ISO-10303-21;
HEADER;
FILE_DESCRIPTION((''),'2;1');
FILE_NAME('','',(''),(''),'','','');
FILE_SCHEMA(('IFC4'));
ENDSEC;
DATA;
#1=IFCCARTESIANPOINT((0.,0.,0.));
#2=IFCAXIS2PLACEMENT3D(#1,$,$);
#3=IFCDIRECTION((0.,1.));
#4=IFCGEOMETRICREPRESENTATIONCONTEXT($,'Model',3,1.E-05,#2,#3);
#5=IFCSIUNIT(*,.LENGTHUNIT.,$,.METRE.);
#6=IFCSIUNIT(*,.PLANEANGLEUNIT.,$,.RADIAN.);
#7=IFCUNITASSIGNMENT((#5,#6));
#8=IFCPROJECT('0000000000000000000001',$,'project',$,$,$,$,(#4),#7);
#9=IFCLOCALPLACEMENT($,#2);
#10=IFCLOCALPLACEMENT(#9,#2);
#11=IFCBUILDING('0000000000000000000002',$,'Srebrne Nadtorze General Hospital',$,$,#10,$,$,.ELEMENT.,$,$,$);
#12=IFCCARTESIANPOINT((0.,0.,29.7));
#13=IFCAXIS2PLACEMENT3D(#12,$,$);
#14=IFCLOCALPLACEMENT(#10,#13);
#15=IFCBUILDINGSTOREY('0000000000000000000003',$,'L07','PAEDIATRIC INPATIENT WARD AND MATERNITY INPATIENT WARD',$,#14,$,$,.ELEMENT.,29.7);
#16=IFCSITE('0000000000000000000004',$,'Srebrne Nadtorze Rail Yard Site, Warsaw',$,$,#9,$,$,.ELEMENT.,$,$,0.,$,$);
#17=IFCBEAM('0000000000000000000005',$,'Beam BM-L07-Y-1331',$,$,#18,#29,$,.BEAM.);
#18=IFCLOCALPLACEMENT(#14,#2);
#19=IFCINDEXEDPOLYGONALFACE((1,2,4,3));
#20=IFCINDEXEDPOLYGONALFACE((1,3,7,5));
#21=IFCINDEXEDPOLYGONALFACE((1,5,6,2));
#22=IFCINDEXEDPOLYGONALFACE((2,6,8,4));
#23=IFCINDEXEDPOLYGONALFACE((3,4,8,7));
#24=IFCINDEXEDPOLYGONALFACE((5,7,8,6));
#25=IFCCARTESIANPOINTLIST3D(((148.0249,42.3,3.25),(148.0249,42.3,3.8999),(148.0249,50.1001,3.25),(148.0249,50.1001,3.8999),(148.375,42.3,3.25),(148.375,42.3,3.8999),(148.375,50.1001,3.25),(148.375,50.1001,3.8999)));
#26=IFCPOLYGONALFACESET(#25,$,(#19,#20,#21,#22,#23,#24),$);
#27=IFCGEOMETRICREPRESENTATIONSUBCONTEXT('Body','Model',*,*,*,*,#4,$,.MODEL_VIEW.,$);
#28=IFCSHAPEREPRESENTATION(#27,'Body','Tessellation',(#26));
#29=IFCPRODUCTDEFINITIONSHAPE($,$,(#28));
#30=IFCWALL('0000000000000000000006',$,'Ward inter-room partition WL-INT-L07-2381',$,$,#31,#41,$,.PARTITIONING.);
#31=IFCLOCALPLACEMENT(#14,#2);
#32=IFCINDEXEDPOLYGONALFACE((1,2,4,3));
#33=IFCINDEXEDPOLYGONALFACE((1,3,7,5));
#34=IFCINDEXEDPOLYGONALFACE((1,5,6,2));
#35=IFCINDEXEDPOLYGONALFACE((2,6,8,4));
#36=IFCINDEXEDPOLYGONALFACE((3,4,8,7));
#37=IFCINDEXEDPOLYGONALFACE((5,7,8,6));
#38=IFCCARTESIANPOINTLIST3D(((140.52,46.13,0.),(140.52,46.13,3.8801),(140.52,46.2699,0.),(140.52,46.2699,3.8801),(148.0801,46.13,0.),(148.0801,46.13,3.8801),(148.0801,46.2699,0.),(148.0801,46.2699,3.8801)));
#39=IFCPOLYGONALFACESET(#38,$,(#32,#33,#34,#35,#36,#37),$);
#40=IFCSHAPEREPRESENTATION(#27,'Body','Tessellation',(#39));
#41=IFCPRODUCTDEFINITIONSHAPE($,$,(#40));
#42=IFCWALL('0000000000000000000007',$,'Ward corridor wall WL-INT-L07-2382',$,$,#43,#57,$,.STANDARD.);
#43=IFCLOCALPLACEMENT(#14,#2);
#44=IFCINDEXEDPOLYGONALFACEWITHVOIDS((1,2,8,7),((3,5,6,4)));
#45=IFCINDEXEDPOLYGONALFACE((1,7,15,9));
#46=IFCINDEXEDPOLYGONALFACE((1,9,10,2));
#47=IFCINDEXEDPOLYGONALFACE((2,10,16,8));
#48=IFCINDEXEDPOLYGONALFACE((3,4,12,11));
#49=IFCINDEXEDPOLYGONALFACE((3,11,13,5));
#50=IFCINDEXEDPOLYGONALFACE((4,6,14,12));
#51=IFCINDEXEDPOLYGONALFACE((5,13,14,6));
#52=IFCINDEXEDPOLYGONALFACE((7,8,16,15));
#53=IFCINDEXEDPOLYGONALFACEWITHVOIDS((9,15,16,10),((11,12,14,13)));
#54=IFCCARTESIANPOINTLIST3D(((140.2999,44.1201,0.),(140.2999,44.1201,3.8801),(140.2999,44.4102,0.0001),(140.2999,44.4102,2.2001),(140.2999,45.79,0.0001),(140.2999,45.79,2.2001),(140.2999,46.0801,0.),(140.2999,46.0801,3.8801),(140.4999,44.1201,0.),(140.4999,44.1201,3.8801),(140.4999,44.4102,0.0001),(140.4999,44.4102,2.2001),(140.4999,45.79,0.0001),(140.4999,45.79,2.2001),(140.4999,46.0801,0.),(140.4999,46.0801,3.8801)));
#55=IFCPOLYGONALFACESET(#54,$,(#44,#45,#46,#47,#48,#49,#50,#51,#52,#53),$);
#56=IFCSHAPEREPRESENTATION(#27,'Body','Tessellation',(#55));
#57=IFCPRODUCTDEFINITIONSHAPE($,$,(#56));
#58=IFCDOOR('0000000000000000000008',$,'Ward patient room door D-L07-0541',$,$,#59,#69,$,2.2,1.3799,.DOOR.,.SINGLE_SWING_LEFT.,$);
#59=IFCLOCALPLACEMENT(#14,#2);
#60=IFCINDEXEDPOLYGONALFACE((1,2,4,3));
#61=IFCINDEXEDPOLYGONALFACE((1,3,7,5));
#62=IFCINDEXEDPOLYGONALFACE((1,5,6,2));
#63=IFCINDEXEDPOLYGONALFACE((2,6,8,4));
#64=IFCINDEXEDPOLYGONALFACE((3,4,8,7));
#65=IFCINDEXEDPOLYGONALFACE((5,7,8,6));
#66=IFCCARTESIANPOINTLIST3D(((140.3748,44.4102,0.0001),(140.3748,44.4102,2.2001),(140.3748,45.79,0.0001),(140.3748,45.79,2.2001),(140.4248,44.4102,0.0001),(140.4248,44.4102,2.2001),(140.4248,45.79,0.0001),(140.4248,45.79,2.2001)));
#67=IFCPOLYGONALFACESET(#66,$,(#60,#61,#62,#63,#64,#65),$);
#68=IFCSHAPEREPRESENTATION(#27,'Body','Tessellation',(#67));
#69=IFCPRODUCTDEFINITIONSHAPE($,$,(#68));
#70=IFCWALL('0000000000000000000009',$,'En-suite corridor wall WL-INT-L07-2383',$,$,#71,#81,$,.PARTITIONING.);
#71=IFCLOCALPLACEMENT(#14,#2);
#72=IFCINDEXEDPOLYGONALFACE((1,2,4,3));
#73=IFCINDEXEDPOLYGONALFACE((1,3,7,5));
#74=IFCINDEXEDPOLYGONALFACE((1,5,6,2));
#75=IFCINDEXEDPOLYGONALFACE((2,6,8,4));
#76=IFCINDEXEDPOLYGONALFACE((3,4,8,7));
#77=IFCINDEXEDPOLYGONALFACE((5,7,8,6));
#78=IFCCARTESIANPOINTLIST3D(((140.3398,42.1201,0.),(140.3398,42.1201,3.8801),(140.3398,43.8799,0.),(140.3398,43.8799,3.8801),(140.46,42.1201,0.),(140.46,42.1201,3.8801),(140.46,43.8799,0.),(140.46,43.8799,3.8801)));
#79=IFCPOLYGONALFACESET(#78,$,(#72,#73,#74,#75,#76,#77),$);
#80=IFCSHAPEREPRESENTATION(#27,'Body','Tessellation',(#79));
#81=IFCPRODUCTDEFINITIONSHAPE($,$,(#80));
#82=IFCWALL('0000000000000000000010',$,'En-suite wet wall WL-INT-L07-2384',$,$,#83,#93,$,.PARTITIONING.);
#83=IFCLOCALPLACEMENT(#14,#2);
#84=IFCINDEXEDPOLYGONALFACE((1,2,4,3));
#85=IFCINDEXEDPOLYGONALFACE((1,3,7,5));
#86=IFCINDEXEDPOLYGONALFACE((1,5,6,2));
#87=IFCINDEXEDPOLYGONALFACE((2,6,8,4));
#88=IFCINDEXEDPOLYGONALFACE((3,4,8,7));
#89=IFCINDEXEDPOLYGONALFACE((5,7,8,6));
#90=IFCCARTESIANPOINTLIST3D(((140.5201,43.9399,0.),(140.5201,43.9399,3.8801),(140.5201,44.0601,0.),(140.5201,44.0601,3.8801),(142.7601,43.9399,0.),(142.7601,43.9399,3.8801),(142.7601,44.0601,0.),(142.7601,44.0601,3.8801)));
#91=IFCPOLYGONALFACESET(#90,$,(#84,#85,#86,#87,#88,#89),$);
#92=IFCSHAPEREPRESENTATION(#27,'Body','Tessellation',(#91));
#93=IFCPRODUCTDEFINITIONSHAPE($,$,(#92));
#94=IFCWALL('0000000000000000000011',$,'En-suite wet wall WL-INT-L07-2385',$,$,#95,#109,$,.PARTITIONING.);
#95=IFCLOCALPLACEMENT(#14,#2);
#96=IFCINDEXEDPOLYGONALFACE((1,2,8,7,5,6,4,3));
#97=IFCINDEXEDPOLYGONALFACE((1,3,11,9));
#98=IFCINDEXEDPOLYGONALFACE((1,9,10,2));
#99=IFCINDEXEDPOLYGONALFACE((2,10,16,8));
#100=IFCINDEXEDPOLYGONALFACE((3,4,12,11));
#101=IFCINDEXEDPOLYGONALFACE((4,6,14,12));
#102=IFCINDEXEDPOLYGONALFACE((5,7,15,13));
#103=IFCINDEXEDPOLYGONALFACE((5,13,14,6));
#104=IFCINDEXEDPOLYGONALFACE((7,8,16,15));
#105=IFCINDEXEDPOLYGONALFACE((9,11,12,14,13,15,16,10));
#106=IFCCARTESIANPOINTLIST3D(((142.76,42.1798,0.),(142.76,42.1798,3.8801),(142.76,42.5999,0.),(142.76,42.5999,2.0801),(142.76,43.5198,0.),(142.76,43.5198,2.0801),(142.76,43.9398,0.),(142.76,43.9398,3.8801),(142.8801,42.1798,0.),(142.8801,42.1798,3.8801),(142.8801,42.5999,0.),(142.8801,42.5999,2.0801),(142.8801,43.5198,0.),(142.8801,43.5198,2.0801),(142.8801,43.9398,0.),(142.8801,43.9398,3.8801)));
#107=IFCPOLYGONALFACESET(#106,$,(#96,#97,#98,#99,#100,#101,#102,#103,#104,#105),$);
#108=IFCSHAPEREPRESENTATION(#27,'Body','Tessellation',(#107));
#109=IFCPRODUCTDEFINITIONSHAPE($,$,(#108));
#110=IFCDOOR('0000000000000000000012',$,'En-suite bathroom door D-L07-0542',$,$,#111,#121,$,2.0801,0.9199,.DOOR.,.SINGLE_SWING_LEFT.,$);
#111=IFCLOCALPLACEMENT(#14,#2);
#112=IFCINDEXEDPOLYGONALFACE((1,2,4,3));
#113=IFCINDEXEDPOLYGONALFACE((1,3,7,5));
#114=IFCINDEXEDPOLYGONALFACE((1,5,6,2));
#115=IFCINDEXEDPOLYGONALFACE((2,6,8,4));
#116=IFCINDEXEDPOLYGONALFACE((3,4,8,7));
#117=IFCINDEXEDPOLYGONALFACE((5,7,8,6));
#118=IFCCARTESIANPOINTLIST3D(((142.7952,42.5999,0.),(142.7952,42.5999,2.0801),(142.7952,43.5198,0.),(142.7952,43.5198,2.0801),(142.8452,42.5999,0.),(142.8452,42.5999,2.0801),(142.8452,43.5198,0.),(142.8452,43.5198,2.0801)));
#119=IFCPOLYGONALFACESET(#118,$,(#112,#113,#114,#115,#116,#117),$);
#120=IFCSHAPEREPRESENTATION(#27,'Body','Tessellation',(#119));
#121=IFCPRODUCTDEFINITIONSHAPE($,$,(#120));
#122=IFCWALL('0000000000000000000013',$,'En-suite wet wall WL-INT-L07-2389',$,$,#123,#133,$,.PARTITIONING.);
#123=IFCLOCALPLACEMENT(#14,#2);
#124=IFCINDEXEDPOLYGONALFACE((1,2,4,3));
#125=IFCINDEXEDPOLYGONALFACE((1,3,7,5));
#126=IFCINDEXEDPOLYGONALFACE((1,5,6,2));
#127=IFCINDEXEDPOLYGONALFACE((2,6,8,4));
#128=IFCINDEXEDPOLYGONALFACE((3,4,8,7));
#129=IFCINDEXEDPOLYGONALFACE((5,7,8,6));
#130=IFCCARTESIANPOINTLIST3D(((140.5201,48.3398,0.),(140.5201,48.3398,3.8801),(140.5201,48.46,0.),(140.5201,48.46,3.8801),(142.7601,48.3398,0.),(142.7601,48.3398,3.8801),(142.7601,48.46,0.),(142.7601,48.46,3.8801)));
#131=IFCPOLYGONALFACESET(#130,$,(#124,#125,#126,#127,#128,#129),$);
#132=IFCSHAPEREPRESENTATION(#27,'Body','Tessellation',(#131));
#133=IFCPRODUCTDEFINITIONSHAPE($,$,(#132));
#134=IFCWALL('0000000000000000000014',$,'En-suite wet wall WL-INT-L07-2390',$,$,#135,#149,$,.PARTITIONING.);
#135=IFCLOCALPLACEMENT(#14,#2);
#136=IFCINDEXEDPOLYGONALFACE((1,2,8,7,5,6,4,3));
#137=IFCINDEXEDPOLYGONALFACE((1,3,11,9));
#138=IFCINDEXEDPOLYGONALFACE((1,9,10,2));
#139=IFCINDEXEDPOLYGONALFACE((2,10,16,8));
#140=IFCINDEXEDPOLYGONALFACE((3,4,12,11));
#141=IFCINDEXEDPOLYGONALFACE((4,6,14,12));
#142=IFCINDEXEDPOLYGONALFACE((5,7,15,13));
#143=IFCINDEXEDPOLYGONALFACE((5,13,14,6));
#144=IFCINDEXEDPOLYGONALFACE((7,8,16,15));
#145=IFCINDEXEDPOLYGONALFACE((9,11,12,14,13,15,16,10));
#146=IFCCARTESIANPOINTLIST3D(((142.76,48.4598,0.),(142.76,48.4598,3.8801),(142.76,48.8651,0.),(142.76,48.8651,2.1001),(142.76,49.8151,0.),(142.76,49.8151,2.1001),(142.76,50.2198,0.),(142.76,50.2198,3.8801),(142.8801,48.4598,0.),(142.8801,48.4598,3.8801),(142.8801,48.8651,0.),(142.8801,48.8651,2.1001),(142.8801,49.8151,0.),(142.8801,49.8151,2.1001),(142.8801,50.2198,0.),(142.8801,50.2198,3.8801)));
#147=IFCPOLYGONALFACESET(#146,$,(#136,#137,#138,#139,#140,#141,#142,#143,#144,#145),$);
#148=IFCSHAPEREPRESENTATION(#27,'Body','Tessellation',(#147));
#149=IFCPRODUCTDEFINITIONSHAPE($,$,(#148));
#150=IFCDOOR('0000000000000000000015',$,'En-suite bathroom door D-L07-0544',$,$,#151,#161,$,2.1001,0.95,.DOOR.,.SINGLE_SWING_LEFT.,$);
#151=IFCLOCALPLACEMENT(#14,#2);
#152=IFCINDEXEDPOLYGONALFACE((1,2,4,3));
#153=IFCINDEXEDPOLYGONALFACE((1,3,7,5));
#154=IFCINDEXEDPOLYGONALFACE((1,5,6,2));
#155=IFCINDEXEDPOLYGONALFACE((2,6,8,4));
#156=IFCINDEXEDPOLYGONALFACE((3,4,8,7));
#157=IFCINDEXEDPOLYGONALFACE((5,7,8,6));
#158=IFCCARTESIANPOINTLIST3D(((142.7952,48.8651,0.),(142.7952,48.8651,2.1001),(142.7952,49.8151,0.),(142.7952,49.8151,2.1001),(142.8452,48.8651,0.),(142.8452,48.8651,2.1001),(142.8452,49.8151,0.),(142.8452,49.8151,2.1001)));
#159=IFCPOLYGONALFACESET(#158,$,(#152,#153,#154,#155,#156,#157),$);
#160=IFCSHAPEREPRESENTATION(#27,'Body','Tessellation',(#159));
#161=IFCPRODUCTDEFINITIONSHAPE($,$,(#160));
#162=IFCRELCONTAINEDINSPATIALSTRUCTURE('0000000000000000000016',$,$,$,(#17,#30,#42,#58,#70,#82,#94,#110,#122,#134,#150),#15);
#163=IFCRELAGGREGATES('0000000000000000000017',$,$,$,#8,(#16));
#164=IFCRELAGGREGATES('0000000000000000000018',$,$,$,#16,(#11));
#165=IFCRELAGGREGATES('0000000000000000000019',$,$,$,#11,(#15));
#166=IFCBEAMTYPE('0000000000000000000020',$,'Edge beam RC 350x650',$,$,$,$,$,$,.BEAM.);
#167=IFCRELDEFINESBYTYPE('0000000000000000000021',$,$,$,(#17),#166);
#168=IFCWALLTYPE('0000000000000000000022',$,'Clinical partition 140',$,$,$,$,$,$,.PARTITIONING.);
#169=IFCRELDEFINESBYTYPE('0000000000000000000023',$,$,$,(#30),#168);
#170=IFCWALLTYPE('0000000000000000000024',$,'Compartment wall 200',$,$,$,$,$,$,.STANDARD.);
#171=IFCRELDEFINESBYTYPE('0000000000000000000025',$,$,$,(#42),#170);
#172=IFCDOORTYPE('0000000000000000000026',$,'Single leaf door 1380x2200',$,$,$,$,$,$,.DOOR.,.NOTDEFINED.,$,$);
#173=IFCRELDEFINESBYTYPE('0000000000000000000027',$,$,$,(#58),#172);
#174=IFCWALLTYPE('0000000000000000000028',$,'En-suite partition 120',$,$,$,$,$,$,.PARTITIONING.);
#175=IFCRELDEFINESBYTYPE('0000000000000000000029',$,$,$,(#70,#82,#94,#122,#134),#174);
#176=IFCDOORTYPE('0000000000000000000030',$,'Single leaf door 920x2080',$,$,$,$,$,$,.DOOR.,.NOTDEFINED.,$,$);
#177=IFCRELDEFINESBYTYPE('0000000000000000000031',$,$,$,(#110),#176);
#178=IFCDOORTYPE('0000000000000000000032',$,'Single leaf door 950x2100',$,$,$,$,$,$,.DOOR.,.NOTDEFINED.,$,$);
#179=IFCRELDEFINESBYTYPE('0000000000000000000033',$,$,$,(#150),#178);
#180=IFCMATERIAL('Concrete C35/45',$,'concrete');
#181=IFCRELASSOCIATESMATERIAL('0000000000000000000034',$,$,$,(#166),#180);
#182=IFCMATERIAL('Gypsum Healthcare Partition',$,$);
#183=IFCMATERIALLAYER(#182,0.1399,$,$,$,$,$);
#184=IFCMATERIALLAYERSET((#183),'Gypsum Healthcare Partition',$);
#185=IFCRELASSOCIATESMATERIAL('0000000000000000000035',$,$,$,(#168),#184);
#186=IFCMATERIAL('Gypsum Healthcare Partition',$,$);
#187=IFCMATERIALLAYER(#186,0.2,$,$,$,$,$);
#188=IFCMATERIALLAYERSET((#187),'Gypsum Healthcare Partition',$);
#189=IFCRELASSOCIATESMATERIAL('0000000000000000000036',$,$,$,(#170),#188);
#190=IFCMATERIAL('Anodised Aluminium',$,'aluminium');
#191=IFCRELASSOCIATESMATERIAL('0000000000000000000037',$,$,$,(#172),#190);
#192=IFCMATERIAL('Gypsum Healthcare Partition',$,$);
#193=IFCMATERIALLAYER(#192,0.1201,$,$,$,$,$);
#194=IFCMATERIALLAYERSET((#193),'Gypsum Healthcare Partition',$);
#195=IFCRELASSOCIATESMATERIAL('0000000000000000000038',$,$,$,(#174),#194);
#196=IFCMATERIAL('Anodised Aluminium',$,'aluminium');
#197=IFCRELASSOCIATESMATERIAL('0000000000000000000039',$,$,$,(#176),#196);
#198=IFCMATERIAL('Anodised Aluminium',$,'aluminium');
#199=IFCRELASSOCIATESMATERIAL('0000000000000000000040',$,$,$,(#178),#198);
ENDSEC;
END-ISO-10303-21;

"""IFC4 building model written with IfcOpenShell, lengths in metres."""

from ifc_helpers import new_model, si_unit, direction, frame, frame_2d, origin, origin_2d, place, context, subcontext, project, spatial, rectangle, extrude, material, layer, layer_set, material_profile, profile_set, type_object, element, fill, save


model = new_model("IFC4")

# Units and contexts
model_context = context("Model", 3, precision=1e-05, world=origin(), true_north=direction((0.0, 1.0)))
body_context = subcontext(model_context, "Body", "Model", "MODEL_VIEW")
ifc_project = project(units=[si_unit("LENGTHUNIT", "METRE"), si_unit("PLANEANGLEUNIT", "RADIAN")], contexts=[model_context])

# Site, building, storey
site_placement = place(None, origin())
site = spatial("IfcSite", under=ifc_project, at=site_placement, Name="Srebrne Nadtorze Rail Yard Site, Warsaw", CompositionType="ELEMENT", RefElevation=0.0)
building_placement = place(site_placement, origin())
building = spatial("IfcBuilding", under=site, at=building_placement, Name="Srebrne Nadtorze General Hospital", CompositionType="ELEMENT")
storey_placement = place(building_placement, frame((0.0, 0.0, 29.7)))
storey = spatial("IfcBuildingStorey", under=building, at=storey_placement, Name="L07", Description="PAEDIATRIC INPATIENT WARD AND MATERNITY INPATIENT WARD", CompositionType="ELEMENT", Elevation=29.7)

# Beam
ifc_material_1 = material(Name="Concrete C35/45", Category="concrete")
ifc_material_profile = material_profile(ifc_material_1, rectangle(XDim=0.3501, YDim=0.6499, at=origin_2d()), Name="RC-BM-350x650")
ifc_profile_set = profile_set([ifc_material_profile], Name="Concrete C35/45")
beam_type = type_object("IfcBeamType", Name="Edge beam RC 350x650", PredefinedType="BEAM", material=ifc_profile_set)
beam_placement = place(storey_placement, frame((148.2, 42.3, 3.575), z_axis=(0.0, 1.0, 0.0), x_axis=(-1.0, 0.0, 0.0)))
element("IfcBeam", 1, at=beam_placement, inside=storey, type_object=beam_type, Name="Beam BM-L07-Y-1331", PredefinedType="BEAM", context=body_context, shape_type="SweptSolid", body=[
    extrude(rectangle(XDim=0.3501, YDim=0.6499, at=origin_2d()), origin(), (0.0, 0.0, 1.0), 7.8),
])

# Wall
ifc_material_2 = material(Name="Gypsum Healthcare Partition")
ifc_layer_1 = layer(ifc_material_2, 0.1399)
ifc_layer_set_1 = layer_set([ifc_layer_1], Name="Gypsum Healthcare Partition")
wall_type_1 = type_object("IfcWallType", Name="Clinical partition 140", PredefinedType="PARTITIONING", material=ifc_layer_set_1)
wall_1_placement = place(storey_placement, frame((140.52, 46.2, 0.0), z_axis=(0.0, 0.0, 1.0), x_axis=(1.0, 0.0, 0.0)))
element("IfcWall", 2, at=wall_1_placement, inside=storey, type_object=wall_type_1, Name="Ward inter-room partition WL-INT-L07-2381", PredefinedType="PARTITIONING", context=body_context, shape_type="SweptSolid", body=[
    extrude(rectangle(XDim=7.5601, YDim=0.1399, at=frame_2d((3.78, 0.0))), origin(), (0.0, 0.0, 1.0), 3.8801),
])

# Wall, opening, door
ifc_material_3 = material(Name="Gypsum Healthcare Partition")
ifc_layer_2 = layer(ifc_material_3, 0.2)
ifc_layer_set_2 = layer_set([ifc_layer_2], Name="Gypsum Healthcare Partition")
wall_type_2 = type_object("IfcWallType", Name="Compartment wall 200", PredefinedType="STANDARD", material=ifc_layer_set_2)
wall_2_placement = place(storey_placement, frame((140.3999, 44.1201, 0.0), z_axis=(0.0, 0.0, 1.0), x_axis=(0.0, 1.0, 0.0)))
wall_2 = element("IfcWall", 3, at=wall_2_placement, inside=storey, type_object=wall_type_2, Name="Ward corridor wall WL-INT-L07-2382", PredefinedType="STANDARD", context=body_context, shape_type="SweptSolid", body=[
    extrude(rectangle(XDim=1.96, YDim=0.2, at=frame_2d((0.98, 0.0))), origin(), (0.0, 0.0, 1.0), 3.8801),
])
opening_1_placement = place(wall_2_placement, frame((0.29, 0.0, 0.0)))
opening_1 = element("IfcOpeningElement", 4, at=opening_1_placement, cuts=wall_2, PredefinedType="OPENING", context=body_context, shape_type="SweptSolid", body=[
    extrude(rectangle(XDim=1.3799, YDim=2.2, at=frame_2d((0.6899, 1.1001))), frame((0.0, 0.1118, 0.0), z_axis=(0.0, -1.0, 0.0), x_axis=(1.0, 0.0, 0.0)), (0.0, 0.0, 1.0), 0.2239),
])
ifc_material_4 = material(Name="Anodised Aluminium", Category="aluminium")
door_type_1 = type_object("IfcDoorType", Name="Single leaf door 1380x2200", OperationType="NOTDEFINED", PredefinedType="DOOR", material=ifc_material_4)
door_1_placement = place(opening_1_placement, frame((1.3799, 0.0, 0.0), z_axis=(0.0, 0.0, 1.0), x_axis=(-1.0, 0.0, 0.0)))
door_1 = element("IfcDoor", 5, at=door_1_placement, inside=storey, type_object=door_type_1, Name="Ward patient room door D-L07-0541", OperationType="SINGLE_SWING_LEFT", OverallHeight=2.2, OverallWidth=1.3799, PredefinedType="DOOR", context=body_context, shape_type="SweptSolid", body=[
    extrude(rectangle(XDim=1.3799, YDim=2.2, at=frame_2d((0.6899, 1.1001))), frame((0.0, 0.0249, 0.0), z_axis=(0.0, -1.0, 0.0), x_axis=(1.0, 0.0, 0.0)), (0.0, 0.0, 1.0), 0.05),
])
fill(opening_1, door_1)

# Walls
ifc_material_5 = material(Name="Gypsum Healthcare Partition")
ifc_layer_3 = layer(ifc_material_5, 0.1201)
ifc_layer_set_3 = layer_set([ifc_layer_3], Name="Gypsum Healthcare Partition")
wall_type_3 = type_object("IfcWallType", Name="En-suite partition 120", PredefinedType="PARTITIONING", material=ifc_layer_set_3)
wall_3_placement = place(storey_placement, frame((140.3999, 42.1201, 0.0), z_axis=(0.0, 0.0, 1.0), x_axis=(0.0, 1.0, 0.0)))
element("IfcWall", 6, at=wall_3_placement, inside=storey, type_object=wall_type_3, Name="En-suite corridor wall WL-INT-L07-2383", PredefinedType="PARTITIONING", context=body_context, shape_type="SweptSolid", body=[
    extrude(rectangle(XDim=1.7598, YDim=0.1201, at=frame_2d((0.8799, 0.0))), origin(), (0.0, 0.0, 1.0), 3.8801),
])
wall_4_placement = place(storey_placement, frame((140.52, 44.0, 0.0), z_axis=(0.0, 0.0, 1.0), x_axis=(1.0, 0.0, 0.0)))
element("IfcWall", 7, at=wall_4_placement, inside=storey, type_object=wall_type_3, Name="En-suite wet wall WL-INT-L07-2384", PredefinedType="PARTITIONING", context=body_context, shape_type="SweptSolid", body=[
    extrude(rectangle(XDim=2.24, YDim=0.1201, at=frame_2d((1.1201, 0.0))), origin(), (0.0, 0.0, 1.0), 3.8801),
])

# Wall, opening, door
wall_5_placement = place(storey_placement, frame((142.8201, 42.1799, 0.0), z_axis=(0.0, 0.0, 1.0), x_axis=(0.0, 1.0, 0.0)))
wall_5 = element("IfcWall", 8, at=wall_5_placement, inside=storey, type_object=wall_type_3, Name="En-suite wet wall WL-INT-L07-2385", PredefinedType="PARTITIONING", context=body_context, shape_type="SweptSolid", body=[
    extrude(rectangle(XDim=1.76, YDim=0.1201, at=frame_2d((0.8799, 0.0))), origin(), (0.0, 0.0, 1.0), 3.8801),
])
opening_2_placement = place(wall_5_placement, frame((0.4199, 0.0, 0.0)))
opening_2 = element("IfcOpeningElement", 9, at=opening_2_placement, cuts=wall_5, PredefinedType="OPENING", context=body_context, shape_type="SweptSolid", body=[
    extrude(rectangle(XDim=0.9199, YDim=2.0801, at=frame_2d((0.46, 1.04))), frame((0.0, 0.072, 0.0), z_axis=(0.0, -1.0, 0.0), x_axis=(1.0, 0.0, 0.0)), (0.0, 0.0, 1.0), 0.144),
])
ifc_material_6 = material(Name="Anodised Aluminium", Category="aluminium")
door_type_2 = type_object("IfcDoorType", Name="Single leaf door 920x2080", OperationType="NOTDEFINED", PredefinedType="DOOR", material=ifc_material_6)
door_2_placement = place(opening_2_placement, origin())
door_2 = element("IfcDoor", 10, at=door_2_placement, inside=storey, type_object=door_type_2, Name="En-suite bathroom door D-L07-0542", OperationType="SINGLE_SWING_LEFT", OverallHeight=2.0801, OverallWidth=0.9199, PredefinedType="DOOR", context=body_context, shape_type="SweptSolid", body=[
    extrude(rectangle(XDim=0.9199, YDim=2.0801, at=frame_2d((0.46, 1.04))), frame((0.0, 0.0249, 0.0), z_axis=(0.0, -1.0, 0.0), x_axis=(1.0, 0.0, 0.0)), (0.0, 0.0, 1.0), 0.05),
])
fill(opening_2, door_2)

# Wall
wall_6_placement = place(storey_placement, frame((140.52, 48.3999, 0.0), z_axis=(0.0, 0.0, 1.0), x_axis=(1.0, 0.0, 0.0)))
element("IfcWall", 11, at=wall_6_placement, inside=storey, type_object=wall_type_3, Name="En-suite wet wall WL-INT-L07-2389", PredefinedType="PARTITIONING", context=body_context, shape_type="SweptSolid", body=[
    extrude(rectangle(XDim=2.24, YDim=0.1201, at=frame_2d((1.1201, 0.0))), origin(), (0.0, 0.0, 1.0), 3.8801),
])

# Wall, opening, door
wall_7_placement = place(storey_placement, frame((142.8201, 48.46, 0.0), z_axis=(0.0, 0.0, 1.0), x_axis=(0.0, 1.0, 0.0)))
wall_7 = element("IfcWall", 12, at=wall_7_placement, inside=storey, type_object=wall_type_3, Name="En-suite wet wall WL-INT-L07-2390", PredefinedType="PARTITIONING", context=body_context, shape_type="SweptSolid", body=[
    extrude(rectangle(XDim=1.76, YDim=0.1201, at=frame_2d((0.8799, 0.0))), origin(), (0.0, 0.0, 1.0), 3.8801),
])
opening_3_placement = place(wall_7_placement, frame((0.405, 0.0, 0.0)))
opening_3 = element("IfcOpeningElement", 13, at=opening_3_placement, cuts=wall_7, PredefinedType="OPENING", context=body_context, shape_type="SweptSolid", body=[
    extrude(rectangle(XDim=0.95, YDim=2.1001, at=frame_2d((0.4751, 1.05))), frame((0.0, 0.072, 0.0), z_axis=(0.0, -1.0, 0.0), x_axis=(1.0, 0.0, 0.0)), (0.0, 0.0, 1.0), 0.144),
])
ifc_material_7 = material(Name="Anodised Aluminium", Category="aluminium")
door_type_3 = type_object("IfcDoorType", Name="Single leaf door 950x2100", OperationType="NOTDEFINED", PredefinedType="DOOR", material=ifc_material_7)
door_3_placement = place(opening_3_placement, origin())
door_3 = element("IfcDoor", 14, at=door_3_placement, inside=storey, type_object=door_type_3, Name="En-suite bathroom door D-L07-0544", OperationType="SINGLE_SWING_LEFT", OverallHeight=2.1001, OverallWidth=0.95, PredefinedType="DOOR", context=body_context, shape_type="SweptSolid", body=[
    extrude(rectangle(XDim=0.95, YDim=2.1001, at=frame_2d((0.4751, 1.05))), frame((0.0, 0.0249, 0.0), z_axis=(0.0, -1.0, 0.0), x_axis=(1.0, 0.0, 0.0)), (0.0, 0.0, 1.0), 0.05),
])
fill(opening_3, door_3)

save(model, "model.ifc")
